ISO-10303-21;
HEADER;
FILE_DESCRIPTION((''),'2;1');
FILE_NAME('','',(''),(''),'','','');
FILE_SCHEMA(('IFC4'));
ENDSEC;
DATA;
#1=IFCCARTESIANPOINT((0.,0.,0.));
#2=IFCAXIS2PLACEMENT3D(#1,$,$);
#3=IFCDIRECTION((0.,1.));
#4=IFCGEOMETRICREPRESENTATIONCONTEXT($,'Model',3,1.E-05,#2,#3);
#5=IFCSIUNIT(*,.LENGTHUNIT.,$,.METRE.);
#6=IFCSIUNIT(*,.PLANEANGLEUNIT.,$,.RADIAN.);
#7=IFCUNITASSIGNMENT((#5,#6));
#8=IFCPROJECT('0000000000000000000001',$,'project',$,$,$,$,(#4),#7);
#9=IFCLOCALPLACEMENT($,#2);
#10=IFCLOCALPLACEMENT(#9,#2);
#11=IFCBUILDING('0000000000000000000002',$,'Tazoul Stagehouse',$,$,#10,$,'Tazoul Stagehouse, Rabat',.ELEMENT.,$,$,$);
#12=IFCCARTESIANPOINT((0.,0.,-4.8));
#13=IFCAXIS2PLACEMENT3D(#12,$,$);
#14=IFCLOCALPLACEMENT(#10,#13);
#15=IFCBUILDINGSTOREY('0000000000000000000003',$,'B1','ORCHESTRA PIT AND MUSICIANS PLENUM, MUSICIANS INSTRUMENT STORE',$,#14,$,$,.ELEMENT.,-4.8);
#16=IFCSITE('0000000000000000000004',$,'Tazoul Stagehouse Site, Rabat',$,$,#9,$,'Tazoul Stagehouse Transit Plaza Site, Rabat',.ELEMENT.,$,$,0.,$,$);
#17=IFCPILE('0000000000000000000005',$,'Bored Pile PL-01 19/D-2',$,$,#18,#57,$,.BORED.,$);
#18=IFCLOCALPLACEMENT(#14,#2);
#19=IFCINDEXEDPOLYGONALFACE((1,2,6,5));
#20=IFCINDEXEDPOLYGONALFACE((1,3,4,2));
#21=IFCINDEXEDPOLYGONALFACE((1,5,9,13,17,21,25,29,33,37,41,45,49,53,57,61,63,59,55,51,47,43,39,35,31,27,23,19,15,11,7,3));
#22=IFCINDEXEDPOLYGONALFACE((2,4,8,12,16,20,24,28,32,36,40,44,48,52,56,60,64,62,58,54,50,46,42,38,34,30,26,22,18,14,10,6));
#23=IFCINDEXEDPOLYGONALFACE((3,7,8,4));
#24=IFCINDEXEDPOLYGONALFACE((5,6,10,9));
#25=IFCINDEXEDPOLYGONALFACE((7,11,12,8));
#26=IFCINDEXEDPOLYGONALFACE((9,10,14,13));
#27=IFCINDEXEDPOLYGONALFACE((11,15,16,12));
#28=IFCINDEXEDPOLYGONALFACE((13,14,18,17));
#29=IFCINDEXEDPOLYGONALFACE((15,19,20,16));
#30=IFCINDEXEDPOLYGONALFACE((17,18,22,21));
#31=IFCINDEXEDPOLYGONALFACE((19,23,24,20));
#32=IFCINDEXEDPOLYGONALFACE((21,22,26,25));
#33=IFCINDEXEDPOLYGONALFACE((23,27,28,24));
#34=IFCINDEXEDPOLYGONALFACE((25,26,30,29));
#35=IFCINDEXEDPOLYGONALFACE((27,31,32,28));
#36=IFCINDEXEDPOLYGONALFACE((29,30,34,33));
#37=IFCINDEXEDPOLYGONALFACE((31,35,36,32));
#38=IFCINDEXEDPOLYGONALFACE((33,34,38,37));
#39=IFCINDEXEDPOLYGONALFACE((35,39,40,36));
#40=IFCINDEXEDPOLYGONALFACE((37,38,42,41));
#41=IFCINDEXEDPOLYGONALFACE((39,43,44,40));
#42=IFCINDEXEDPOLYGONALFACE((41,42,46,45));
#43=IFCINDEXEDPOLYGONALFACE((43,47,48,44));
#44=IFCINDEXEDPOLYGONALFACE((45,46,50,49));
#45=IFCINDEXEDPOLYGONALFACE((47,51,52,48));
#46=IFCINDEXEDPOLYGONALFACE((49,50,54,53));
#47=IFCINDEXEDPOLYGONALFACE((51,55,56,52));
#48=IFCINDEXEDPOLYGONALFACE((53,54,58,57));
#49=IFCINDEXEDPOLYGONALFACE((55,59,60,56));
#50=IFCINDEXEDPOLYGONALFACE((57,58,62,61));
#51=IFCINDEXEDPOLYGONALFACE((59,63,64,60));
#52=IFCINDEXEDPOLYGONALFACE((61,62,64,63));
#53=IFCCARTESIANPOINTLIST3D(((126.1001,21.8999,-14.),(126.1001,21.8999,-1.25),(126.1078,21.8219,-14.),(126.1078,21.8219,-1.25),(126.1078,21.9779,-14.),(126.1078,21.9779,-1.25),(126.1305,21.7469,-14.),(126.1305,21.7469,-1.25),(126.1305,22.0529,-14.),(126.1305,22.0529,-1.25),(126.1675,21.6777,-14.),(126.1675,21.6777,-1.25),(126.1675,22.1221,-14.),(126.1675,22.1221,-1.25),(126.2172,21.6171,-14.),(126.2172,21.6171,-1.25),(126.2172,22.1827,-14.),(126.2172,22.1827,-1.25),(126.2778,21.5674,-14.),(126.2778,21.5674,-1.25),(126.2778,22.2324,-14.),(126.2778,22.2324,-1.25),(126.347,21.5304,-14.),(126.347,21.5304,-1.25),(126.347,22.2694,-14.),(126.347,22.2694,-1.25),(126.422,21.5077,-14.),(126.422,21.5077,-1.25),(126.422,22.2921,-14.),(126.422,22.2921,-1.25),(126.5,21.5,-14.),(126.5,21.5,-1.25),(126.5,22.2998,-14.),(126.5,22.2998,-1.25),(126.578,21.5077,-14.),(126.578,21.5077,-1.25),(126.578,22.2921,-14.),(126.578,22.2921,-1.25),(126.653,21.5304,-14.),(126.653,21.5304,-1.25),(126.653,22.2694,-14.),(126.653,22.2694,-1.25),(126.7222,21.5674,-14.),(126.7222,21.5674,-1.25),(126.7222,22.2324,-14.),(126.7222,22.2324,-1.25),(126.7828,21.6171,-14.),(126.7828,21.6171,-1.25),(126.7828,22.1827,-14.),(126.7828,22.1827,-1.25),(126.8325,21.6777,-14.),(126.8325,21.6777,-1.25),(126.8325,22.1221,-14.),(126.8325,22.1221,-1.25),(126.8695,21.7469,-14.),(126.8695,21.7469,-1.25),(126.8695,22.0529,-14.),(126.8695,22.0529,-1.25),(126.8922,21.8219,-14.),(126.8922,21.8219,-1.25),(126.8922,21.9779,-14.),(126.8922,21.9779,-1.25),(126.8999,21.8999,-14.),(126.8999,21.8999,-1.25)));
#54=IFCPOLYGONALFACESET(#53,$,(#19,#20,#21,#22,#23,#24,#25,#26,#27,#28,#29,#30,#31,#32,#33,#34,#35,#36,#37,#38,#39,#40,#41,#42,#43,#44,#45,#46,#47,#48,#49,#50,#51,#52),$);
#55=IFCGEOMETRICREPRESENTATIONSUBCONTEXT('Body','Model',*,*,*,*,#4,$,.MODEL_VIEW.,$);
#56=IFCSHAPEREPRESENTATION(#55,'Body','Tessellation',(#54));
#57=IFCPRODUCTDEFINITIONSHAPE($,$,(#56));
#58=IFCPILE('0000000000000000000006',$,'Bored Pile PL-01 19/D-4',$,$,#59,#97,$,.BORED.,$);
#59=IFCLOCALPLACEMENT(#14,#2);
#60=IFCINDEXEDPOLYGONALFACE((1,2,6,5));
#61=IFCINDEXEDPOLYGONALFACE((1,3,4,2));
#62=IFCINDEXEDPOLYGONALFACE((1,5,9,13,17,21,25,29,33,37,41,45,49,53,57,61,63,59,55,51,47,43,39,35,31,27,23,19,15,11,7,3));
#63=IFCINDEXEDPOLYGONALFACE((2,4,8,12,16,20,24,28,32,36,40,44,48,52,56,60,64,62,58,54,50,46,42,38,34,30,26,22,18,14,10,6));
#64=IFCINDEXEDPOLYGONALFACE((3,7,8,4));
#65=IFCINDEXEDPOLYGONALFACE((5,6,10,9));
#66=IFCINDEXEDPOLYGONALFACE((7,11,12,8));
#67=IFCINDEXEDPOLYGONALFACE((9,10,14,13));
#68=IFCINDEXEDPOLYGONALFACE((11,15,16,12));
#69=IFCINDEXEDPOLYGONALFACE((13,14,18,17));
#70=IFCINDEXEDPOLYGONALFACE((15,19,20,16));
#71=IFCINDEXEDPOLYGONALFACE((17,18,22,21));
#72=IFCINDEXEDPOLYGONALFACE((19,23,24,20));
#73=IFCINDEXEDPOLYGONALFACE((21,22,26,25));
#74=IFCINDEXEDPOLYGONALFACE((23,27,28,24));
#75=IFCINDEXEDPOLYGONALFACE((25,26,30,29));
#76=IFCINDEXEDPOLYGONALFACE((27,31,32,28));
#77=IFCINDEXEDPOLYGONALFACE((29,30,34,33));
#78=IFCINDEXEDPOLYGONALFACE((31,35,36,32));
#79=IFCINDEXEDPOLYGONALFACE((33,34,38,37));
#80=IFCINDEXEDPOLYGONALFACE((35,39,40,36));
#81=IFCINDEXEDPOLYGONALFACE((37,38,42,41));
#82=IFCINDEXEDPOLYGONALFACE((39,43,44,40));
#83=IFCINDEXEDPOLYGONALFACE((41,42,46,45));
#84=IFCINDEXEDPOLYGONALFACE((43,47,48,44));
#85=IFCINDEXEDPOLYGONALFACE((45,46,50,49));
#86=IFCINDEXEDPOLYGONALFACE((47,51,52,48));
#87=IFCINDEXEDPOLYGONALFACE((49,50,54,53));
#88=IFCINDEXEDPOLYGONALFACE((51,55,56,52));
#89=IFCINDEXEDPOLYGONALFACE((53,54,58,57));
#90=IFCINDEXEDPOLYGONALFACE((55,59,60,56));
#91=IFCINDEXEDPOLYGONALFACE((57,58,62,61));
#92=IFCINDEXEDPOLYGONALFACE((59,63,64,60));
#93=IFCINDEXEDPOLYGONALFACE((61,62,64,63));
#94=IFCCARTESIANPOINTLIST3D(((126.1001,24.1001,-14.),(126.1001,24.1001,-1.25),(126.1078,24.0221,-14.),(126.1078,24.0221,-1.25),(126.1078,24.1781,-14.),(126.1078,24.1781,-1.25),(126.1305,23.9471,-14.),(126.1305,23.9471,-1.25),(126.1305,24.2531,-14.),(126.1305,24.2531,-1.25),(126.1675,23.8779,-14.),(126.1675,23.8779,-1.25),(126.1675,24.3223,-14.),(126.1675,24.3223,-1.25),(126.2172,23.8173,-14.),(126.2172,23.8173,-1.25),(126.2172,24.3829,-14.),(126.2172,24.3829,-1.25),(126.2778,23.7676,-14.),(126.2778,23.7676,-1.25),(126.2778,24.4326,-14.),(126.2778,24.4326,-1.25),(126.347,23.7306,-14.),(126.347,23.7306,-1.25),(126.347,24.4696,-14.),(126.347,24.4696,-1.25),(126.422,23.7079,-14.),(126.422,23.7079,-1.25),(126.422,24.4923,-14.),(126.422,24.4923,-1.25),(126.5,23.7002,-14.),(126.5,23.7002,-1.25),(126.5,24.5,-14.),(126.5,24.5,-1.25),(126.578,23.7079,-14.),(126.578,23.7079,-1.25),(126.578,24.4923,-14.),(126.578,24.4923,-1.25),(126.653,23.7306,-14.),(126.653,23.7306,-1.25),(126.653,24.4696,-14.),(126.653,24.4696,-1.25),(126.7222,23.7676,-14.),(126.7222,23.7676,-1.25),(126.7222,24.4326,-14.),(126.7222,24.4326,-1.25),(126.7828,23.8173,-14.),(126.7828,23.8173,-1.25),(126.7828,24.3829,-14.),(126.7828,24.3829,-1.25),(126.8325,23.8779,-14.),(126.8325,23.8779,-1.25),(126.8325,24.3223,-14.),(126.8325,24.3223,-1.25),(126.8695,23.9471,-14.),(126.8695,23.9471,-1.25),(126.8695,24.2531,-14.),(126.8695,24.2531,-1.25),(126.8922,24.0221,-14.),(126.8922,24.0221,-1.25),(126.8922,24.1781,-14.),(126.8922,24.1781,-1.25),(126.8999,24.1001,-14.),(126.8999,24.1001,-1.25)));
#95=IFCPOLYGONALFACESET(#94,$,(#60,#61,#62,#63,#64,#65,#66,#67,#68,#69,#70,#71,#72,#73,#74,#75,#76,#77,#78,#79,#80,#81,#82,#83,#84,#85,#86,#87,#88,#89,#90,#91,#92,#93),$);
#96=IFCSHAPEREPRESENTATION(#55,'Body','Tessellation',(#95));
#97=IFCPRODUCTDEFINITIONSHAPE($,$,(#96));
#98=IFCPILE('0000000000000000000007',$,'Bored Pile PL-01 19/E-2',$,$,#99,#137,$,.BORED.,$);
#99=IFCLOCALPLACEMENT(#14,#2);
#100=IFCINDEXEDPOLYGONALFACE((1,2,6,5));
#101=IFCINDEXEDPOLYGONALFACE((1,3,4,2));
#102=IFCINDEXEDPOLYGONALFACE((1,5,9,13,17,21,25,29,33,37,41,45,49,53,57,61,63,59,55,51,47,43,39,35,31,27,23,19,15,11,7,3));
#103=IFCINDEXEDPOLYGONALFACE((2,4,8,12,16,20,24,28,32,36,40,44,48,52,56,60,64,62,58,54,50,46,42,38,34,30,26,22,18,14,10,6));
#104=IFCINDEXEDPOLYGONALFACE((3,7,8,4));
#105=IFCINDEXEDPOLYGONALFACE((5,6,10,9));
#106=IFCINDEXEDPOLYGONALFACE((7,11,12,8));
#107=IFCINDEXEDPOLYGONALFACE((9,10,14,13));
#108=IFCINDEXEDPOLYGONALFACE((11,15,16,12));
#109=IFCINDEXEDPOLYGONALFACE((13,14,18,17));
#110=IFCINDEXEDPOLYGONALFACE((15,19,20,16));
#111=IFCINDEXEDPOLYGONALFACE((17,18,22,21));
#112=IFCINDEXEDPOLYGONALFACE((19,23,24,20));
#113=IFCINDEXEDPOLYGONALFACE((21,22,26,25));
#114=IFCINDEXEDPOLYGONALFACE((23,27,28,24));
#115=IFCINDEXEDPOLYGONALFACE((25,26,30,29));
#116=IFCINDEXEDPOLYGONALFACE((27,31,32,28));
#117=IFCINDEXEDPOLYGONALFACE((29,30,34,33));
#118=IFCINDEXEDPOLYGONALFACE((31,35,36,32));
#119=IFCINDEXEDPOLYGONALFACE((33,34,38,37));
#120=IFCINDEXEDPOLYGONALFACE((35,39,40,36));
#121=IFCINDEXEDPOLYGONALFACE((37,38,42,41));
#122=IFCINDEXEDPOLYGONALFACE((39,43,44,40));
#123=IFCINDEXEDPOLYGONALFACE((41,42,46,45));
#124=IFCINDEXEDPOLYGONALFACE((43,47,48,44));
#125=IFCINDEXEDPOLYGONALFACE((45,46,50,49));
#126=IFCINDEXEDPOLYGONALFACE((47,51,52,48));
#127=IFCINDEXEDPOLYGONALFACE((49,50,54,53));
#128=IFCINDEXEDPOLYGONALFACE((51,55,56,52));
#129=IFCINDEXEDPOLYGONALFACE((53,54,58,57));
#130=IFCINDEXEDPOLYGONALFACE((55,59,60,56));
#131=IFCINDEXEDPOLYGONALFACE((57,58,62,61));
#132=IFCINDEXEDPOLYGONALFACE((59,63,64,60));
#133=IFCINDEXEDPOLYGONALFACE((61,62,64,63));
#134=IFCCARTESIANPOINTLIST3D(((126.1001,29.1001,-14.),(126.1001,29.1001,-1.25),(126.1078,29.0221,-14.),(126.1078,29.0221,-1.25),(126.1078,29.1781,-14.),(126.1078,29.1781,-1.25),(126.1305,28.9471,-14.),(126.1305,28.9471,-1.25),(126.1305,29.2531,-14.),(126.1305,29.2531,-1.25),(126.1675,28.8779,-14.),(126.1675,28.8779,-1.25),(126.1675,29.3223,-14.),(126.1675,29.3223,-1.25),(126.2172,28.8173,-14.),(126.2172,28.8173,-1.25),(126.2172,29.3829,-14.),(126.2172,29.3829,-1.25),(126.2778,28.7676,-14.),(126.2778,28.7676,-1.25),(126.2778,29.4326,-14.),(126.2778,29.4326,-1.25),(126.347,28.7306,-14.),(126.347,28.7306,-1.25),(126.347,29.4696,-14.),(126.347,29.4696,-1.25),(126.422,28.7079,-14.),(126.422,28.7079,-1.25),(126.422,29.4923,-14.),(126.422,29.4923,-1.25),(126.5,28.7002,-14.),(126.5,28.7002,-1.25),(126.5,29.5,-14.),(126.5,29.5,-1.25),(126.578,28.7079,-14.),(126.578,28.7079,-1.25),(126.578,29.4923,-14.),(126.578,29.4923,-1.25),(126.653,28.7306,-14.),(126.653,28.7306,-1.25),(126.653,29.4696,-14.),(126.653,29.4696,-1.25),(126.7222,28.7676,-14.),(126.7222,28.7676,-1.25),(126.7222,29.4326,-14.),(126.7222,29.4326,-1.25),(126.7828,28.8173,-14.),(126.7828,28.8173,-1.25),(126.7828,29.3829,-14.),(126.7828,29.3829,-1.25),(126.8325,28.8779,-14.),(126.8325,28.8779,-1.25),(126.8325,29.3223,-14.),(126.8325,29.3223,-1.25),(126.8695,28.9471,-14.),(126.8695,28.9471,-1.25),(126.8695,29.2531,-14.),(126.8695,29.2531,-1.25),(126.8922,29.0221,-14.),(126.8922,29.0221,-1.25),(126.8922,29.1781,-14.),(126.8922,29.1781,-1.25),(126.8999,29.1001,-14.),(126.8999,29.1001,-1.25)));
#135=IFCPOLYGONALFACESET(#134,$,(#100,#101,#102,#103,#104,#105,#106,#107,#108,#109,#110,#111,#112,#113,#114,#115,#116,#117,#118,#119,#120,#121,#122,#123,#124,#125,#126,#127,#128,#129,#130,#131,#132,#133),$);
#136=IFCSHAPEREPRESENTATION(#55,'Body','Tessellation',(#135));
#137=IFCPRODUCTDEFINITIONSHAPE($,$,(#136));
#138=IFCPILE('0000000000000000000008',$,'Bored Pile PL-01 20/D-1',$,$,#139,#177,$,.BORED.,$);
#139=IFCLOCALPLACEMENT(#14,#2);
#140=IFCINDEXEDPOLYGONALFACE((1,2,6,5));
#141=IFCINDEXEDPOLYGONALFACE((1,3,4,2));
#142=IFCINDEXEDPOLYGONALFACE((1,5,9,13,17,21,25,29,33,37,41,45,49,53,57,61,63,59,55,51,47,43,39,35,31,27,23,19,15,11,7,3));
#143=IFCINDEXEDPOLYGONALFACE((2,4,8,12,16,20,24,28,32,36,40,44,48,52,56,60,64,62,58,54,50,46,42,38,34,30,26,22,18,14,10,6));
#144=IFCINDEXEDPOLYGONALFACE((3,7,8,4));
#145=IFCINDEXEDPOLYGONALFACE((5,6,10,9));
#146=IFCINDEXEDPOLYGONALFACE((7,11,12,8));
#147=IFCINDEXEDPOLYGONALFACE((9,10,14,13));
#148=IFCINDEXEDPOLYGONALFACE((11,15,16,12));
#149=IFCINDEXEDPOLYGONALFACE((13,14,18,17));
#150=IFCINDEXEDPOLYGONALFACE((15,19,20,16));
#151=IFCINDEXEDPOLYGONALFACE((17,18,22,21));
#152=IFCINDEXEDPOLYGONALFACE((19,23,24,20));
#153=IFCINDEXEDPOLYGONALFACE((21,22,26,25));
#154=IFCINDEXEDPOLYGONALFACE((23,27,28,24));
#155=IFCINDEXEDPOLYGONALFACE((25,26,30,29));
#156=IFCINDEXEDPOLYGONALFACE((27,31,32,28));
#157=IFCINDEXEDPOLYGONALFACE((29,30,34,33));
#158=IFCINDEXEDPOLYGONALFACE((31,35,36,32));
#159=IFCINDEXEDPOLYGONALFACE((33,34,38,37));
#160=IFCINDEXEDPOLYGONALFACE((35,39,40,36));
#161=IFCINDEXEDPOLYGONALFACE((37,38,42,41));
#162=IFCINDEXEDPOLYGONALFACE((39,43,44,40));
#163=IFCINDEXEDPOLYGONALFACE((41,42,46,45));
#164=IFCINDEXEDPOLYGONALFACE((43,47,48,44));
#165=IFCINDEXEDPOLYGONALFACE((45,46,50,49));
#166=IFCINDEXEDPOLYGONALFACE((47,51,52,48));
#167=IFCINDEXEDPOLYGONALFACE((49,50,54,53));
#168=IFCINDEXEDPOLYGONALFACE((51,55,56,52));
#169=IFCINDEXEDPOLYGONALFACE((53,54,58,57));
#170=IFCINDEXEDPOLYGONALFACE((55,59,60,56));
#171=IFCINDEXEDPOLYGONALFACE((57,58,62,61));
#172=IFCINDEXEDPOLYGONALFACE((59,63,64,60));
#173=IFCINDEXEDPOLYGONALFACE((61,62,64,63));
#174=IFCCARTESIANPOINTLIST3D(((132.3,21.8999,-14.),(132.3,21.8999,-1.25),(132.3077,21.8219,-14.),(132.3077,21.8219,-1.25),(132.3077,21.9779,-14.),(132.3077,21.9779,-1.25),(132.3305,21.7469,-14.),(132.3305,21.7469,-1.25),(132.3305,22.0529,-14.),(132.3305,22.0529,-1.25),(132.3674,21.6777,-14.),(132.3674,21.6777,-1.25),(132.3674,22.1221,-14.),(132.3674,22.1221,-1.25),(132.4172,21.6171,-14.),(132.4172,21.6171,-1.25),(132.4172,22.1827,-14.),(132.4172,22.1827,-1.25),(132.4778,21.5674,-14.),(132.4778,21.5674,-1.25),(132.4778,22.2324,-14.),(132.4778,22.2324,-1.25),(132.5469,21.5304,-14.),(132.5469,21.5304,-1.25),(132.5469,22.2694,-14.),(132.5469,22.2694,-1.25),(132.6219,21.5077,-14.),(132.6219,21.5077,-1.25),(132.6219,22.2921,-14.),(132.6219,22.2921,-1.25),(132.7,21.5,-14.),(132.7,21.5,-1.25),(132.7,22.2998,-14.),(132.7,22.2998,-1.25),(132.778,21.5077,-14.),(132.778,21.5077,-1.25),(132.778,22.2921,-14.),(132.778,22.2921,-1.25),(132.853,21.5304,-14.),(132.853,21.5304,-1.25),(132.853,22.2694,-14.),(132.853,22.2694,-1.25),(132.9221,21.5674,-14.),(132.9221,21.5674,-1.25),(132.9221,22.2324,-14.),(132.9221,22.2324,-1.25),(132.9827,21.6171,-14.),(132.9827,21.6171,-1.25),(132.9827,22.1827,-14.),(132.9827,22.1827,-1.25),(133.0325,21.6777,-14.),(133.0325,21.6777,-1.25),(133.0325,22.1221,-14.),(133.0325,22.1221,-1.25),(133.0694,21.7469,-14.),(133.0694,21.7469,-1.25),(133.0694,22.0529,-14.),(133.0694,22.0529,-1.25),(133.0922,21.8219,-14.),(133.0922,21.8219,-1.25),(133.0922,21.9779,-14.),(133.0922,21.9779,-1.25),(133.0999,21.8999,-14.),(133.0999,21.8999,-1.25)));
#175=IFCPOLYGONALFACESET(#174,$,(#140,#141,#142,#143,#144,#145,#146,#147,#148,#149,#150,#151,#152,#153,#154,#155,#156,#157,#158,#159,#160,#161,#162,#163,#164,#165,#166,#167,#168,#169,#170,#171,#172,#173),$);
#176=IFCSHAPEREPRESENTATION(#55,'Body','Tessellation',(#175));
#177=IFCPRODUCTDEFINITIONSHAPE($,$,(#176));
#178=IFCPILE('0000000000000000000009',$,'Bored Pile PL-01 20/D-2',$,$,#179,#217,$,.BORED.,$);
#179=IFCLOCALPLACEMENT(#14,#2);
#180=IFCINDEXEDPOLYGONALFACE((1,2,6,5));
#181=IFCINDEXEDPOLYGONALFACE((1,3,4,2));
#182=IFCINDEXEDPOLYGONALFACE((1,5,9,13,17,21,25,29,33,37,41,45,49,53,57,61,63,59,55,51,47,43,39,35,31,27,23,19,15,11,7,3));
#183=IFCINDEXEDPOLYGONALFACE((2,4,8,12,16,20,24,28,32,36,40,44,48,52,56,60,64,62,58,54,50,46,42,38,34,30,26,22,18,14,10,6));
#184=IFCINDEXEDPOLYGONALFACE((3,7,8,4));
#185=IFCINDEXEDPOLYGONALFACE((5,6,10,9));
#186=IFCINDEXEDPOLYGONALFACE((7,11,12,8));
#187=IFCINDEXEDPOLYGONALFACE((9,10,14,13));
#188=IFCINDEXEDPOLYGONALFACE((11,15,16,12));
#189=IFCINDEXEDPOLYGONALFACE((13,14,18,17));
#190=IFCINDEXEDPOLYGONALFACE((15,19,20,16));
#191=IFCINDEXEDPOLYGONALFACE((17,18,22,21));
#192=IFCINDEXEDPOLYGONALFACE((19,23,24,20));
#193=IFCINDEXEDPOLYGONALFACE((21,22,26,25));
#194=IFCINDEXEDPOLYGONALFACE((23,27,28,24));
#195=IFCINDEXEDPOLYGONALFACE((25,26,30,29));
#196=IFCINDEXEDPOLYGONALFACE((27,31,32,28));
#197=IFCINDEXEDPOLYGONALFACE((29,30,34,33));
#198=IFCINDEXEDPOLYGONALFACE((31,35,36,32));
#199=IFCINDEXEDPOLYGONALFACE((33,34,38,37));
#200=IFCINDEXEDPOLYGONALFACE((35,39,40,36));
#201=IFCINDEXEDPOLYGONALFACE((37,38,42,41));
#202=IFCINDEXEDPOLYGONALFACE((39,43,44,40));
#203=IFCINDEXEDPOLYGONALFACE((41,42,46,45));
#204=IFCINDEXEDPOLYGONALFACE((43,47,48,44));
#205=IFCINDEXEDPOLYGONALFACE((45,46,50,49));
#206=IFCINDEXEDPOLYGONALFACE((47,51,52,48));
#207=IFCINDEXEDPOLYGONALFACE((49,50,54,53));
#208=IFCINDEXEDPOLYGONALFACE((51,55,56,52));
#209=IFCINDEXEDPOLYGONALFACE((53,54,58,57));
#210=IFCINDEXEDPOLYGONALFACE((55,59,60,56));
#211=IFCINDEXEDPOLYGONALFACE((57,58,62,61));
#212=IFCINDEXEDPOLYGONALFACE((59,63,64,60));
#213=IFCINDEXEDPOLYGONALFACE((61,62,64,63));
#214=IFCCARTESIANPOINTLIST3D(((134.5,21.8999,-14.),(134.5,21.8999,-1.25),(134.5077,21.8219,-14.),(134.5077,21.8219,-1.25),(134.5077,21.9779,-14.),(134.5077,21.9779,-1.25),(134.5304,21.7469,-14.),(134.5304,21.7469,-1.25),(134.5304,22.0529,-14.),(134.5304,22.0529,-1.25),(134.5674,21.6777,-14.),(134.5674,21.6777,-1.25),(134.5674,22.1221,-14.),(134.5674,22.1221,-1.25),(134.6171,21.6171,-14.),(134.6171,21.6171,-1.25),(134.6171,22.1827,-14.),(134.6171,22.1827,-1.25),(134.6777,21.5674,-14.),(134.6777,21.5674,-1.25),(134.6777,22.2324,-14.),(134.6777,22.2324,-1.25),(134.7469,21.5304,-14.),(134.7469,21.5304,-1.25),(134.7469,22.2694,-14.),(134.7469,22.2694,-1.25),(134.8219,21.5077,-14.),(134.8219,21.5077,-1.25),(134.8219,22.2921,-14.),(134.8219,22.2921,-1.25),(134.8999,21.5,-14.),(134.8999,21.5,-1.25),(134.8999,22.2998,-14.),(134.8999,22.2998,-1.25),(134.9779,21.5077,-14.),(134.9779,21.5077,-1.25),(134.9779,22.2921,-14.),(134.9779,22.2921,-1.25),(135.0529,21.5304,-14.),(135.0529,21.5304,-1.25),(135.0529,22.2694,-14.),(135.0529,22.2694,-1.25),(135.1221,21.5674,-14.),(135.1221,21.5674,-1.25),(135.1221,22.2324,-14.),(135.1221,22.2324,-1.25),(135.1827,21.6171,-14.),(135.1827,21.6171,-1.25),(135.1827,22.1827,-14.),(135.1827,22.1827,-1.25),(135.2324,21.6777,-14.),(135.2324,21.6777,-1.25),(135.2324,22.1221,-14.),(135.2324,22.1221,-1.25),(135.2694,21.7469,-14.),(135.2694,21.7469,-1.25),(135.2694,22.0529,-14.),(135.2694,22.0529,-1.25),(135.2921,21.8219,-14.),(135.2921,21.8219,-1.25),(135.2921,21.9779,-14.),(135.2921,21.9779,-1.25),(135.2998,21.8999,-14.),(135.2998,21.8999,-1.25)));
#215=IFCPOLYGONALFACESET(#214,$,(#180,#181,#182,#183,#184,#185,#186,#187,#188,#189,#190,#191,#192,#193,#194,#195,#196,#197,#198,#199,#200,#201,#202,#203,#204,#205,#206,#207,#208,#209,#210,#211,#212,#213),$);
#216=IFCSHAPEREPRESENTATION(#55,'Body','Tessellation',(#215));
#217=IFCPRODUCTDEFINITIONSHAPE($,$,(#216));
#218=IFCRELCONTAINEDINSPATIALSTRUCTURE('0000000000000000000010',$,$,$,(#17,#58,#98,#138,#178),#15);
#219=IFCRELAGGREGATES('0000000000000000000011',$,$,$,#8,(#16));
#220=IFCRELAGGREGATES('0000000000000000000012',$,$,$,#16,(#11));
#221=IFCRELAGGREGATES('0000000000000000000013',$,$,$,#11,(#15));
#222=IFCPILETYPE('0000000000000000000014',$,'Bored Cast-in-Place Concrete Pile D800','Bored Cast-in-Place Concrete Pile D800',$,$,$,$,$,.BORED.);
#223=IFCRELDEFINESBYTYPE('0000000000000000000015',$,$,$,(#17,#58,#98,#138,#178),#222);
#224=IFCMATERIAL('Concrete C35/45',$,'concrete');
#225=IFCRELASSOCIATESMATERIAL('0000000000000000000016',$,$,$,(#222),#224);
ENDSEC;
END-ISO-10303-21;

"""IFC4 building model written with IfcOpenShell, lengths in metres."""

from ifc_helpers import new_model, si_unit, direction, frame, origin, origin_2d, place, context, subcontext, project, spatial, circle, extrude, material, material_profile, profile_set, type_object, element, save


model = new_model("IFC4")

# Units and contexts
model_context = context("Model", 3, precision=1e-05, world=origin(), true_north=direction((0.0, 1.0)))
body_context = subcontext(model_context, "Body", "Model", "MODEL_VIEW")
ifc_project = project(units=[si_unit("LENGTHUNIT", "METRE"), si_unit("PLANEANGLEUNIT", "RADIAN")], contexts=[model_context])

# Site, building, storey
site_placement = place(None, origin())
site = spatial("IfcSite", under=ifc_project, at=site_placement, Name="Tazoul Stagehouse Site, Rabat", LongName="Tazoul Stagehouse Transit Plaza Site, Rabat", CompositionType="ELEMENT", RefElevation=0.0)
building_placement = place(site_placement, origin())
building = spatial("IfcBuilding", under=site, at=building_placement, Name="Tazoul Stagehouse", LongName="Tazoul Stagehouse, Rabat", CompositionType="ELEMENT")
storey_placement = place(building_placement, frame((0.0, 0.0, -4.8)))
storey = spatial("IfcBuildingStorey", under=building, at=storey_placement, Name="B1", Description="ORCHESTRA PIT AND MUSICIANS PLENUM, MUSICIANS INSTRUMENT STORE", CompositionType="ELEMENT", Elevation=-4.8)

# Piles
ifc_material_1 = material(Name="Concrete C35/45", Category="concrete")
ifc_material_profile_1 = material_profile(ifc_material_1, circle(Radius=0.3999, at=origin_2d()), Name="BORED PILE 800")
ifc_profile_set_1 = profile_set([ifc_material_profile_1], Name="Concrete C35/45")
pile_type = type_object("IfcPileType", Name="Bored Cast-in-Place Concrete Pile D800", Description="Bored Cast-in-Place Concrete Pile D800", PredefinedType="BORED", material=ifc_profile_set_1)
for number, where, z_axis, x_axis, name in (
    (1, (126.5, 21.8999, -1.25), (0.0, 0.0, -1.0), (1.0, 0.0, 0.0), "Bored Pile PL-01 19/D-2"),
    (2, (126.5, 24.1001, -1.25), (0.0, 0.0, -1.0), (1.0, 0.0, 0.0), "Bored Pile PL-01 19/D-4"),
    (3, (126.5, 29.1001, -1.25), (0.0, 0.0, -1.0), (1.0, 0.0, 0.0), "Bored Pile PL-01 19/E-2"),
    (4, (132.7, 21.8999, -1.25), (0.0, 0.0, -1.0), (1.0, 0.0, 0.0), "Bored Pile PL-01 20/D-1"),
    (5, (134.8999, 21.8999, -1.25), (0.0, 0.0, -1.0), (1.0, 0.0, 0.0), "Bored Pile PL-01 20/D-2"),
):
    element("IfcPile", number, at=place(storey_placement, frame(where, z_axis=z_axis, x_axis=x_axis)), inside=storey, type_object=pile_type, Name=name, PredefinedType="BORED", context=body_context, shape_type="SweptSolid", body=[
        extrude(circle(Radius=0.3999, at=origin_2d()), origin(), (0.0, 0.0, 1.0), 12.75),
    ])

save(model, "model.ifc")
